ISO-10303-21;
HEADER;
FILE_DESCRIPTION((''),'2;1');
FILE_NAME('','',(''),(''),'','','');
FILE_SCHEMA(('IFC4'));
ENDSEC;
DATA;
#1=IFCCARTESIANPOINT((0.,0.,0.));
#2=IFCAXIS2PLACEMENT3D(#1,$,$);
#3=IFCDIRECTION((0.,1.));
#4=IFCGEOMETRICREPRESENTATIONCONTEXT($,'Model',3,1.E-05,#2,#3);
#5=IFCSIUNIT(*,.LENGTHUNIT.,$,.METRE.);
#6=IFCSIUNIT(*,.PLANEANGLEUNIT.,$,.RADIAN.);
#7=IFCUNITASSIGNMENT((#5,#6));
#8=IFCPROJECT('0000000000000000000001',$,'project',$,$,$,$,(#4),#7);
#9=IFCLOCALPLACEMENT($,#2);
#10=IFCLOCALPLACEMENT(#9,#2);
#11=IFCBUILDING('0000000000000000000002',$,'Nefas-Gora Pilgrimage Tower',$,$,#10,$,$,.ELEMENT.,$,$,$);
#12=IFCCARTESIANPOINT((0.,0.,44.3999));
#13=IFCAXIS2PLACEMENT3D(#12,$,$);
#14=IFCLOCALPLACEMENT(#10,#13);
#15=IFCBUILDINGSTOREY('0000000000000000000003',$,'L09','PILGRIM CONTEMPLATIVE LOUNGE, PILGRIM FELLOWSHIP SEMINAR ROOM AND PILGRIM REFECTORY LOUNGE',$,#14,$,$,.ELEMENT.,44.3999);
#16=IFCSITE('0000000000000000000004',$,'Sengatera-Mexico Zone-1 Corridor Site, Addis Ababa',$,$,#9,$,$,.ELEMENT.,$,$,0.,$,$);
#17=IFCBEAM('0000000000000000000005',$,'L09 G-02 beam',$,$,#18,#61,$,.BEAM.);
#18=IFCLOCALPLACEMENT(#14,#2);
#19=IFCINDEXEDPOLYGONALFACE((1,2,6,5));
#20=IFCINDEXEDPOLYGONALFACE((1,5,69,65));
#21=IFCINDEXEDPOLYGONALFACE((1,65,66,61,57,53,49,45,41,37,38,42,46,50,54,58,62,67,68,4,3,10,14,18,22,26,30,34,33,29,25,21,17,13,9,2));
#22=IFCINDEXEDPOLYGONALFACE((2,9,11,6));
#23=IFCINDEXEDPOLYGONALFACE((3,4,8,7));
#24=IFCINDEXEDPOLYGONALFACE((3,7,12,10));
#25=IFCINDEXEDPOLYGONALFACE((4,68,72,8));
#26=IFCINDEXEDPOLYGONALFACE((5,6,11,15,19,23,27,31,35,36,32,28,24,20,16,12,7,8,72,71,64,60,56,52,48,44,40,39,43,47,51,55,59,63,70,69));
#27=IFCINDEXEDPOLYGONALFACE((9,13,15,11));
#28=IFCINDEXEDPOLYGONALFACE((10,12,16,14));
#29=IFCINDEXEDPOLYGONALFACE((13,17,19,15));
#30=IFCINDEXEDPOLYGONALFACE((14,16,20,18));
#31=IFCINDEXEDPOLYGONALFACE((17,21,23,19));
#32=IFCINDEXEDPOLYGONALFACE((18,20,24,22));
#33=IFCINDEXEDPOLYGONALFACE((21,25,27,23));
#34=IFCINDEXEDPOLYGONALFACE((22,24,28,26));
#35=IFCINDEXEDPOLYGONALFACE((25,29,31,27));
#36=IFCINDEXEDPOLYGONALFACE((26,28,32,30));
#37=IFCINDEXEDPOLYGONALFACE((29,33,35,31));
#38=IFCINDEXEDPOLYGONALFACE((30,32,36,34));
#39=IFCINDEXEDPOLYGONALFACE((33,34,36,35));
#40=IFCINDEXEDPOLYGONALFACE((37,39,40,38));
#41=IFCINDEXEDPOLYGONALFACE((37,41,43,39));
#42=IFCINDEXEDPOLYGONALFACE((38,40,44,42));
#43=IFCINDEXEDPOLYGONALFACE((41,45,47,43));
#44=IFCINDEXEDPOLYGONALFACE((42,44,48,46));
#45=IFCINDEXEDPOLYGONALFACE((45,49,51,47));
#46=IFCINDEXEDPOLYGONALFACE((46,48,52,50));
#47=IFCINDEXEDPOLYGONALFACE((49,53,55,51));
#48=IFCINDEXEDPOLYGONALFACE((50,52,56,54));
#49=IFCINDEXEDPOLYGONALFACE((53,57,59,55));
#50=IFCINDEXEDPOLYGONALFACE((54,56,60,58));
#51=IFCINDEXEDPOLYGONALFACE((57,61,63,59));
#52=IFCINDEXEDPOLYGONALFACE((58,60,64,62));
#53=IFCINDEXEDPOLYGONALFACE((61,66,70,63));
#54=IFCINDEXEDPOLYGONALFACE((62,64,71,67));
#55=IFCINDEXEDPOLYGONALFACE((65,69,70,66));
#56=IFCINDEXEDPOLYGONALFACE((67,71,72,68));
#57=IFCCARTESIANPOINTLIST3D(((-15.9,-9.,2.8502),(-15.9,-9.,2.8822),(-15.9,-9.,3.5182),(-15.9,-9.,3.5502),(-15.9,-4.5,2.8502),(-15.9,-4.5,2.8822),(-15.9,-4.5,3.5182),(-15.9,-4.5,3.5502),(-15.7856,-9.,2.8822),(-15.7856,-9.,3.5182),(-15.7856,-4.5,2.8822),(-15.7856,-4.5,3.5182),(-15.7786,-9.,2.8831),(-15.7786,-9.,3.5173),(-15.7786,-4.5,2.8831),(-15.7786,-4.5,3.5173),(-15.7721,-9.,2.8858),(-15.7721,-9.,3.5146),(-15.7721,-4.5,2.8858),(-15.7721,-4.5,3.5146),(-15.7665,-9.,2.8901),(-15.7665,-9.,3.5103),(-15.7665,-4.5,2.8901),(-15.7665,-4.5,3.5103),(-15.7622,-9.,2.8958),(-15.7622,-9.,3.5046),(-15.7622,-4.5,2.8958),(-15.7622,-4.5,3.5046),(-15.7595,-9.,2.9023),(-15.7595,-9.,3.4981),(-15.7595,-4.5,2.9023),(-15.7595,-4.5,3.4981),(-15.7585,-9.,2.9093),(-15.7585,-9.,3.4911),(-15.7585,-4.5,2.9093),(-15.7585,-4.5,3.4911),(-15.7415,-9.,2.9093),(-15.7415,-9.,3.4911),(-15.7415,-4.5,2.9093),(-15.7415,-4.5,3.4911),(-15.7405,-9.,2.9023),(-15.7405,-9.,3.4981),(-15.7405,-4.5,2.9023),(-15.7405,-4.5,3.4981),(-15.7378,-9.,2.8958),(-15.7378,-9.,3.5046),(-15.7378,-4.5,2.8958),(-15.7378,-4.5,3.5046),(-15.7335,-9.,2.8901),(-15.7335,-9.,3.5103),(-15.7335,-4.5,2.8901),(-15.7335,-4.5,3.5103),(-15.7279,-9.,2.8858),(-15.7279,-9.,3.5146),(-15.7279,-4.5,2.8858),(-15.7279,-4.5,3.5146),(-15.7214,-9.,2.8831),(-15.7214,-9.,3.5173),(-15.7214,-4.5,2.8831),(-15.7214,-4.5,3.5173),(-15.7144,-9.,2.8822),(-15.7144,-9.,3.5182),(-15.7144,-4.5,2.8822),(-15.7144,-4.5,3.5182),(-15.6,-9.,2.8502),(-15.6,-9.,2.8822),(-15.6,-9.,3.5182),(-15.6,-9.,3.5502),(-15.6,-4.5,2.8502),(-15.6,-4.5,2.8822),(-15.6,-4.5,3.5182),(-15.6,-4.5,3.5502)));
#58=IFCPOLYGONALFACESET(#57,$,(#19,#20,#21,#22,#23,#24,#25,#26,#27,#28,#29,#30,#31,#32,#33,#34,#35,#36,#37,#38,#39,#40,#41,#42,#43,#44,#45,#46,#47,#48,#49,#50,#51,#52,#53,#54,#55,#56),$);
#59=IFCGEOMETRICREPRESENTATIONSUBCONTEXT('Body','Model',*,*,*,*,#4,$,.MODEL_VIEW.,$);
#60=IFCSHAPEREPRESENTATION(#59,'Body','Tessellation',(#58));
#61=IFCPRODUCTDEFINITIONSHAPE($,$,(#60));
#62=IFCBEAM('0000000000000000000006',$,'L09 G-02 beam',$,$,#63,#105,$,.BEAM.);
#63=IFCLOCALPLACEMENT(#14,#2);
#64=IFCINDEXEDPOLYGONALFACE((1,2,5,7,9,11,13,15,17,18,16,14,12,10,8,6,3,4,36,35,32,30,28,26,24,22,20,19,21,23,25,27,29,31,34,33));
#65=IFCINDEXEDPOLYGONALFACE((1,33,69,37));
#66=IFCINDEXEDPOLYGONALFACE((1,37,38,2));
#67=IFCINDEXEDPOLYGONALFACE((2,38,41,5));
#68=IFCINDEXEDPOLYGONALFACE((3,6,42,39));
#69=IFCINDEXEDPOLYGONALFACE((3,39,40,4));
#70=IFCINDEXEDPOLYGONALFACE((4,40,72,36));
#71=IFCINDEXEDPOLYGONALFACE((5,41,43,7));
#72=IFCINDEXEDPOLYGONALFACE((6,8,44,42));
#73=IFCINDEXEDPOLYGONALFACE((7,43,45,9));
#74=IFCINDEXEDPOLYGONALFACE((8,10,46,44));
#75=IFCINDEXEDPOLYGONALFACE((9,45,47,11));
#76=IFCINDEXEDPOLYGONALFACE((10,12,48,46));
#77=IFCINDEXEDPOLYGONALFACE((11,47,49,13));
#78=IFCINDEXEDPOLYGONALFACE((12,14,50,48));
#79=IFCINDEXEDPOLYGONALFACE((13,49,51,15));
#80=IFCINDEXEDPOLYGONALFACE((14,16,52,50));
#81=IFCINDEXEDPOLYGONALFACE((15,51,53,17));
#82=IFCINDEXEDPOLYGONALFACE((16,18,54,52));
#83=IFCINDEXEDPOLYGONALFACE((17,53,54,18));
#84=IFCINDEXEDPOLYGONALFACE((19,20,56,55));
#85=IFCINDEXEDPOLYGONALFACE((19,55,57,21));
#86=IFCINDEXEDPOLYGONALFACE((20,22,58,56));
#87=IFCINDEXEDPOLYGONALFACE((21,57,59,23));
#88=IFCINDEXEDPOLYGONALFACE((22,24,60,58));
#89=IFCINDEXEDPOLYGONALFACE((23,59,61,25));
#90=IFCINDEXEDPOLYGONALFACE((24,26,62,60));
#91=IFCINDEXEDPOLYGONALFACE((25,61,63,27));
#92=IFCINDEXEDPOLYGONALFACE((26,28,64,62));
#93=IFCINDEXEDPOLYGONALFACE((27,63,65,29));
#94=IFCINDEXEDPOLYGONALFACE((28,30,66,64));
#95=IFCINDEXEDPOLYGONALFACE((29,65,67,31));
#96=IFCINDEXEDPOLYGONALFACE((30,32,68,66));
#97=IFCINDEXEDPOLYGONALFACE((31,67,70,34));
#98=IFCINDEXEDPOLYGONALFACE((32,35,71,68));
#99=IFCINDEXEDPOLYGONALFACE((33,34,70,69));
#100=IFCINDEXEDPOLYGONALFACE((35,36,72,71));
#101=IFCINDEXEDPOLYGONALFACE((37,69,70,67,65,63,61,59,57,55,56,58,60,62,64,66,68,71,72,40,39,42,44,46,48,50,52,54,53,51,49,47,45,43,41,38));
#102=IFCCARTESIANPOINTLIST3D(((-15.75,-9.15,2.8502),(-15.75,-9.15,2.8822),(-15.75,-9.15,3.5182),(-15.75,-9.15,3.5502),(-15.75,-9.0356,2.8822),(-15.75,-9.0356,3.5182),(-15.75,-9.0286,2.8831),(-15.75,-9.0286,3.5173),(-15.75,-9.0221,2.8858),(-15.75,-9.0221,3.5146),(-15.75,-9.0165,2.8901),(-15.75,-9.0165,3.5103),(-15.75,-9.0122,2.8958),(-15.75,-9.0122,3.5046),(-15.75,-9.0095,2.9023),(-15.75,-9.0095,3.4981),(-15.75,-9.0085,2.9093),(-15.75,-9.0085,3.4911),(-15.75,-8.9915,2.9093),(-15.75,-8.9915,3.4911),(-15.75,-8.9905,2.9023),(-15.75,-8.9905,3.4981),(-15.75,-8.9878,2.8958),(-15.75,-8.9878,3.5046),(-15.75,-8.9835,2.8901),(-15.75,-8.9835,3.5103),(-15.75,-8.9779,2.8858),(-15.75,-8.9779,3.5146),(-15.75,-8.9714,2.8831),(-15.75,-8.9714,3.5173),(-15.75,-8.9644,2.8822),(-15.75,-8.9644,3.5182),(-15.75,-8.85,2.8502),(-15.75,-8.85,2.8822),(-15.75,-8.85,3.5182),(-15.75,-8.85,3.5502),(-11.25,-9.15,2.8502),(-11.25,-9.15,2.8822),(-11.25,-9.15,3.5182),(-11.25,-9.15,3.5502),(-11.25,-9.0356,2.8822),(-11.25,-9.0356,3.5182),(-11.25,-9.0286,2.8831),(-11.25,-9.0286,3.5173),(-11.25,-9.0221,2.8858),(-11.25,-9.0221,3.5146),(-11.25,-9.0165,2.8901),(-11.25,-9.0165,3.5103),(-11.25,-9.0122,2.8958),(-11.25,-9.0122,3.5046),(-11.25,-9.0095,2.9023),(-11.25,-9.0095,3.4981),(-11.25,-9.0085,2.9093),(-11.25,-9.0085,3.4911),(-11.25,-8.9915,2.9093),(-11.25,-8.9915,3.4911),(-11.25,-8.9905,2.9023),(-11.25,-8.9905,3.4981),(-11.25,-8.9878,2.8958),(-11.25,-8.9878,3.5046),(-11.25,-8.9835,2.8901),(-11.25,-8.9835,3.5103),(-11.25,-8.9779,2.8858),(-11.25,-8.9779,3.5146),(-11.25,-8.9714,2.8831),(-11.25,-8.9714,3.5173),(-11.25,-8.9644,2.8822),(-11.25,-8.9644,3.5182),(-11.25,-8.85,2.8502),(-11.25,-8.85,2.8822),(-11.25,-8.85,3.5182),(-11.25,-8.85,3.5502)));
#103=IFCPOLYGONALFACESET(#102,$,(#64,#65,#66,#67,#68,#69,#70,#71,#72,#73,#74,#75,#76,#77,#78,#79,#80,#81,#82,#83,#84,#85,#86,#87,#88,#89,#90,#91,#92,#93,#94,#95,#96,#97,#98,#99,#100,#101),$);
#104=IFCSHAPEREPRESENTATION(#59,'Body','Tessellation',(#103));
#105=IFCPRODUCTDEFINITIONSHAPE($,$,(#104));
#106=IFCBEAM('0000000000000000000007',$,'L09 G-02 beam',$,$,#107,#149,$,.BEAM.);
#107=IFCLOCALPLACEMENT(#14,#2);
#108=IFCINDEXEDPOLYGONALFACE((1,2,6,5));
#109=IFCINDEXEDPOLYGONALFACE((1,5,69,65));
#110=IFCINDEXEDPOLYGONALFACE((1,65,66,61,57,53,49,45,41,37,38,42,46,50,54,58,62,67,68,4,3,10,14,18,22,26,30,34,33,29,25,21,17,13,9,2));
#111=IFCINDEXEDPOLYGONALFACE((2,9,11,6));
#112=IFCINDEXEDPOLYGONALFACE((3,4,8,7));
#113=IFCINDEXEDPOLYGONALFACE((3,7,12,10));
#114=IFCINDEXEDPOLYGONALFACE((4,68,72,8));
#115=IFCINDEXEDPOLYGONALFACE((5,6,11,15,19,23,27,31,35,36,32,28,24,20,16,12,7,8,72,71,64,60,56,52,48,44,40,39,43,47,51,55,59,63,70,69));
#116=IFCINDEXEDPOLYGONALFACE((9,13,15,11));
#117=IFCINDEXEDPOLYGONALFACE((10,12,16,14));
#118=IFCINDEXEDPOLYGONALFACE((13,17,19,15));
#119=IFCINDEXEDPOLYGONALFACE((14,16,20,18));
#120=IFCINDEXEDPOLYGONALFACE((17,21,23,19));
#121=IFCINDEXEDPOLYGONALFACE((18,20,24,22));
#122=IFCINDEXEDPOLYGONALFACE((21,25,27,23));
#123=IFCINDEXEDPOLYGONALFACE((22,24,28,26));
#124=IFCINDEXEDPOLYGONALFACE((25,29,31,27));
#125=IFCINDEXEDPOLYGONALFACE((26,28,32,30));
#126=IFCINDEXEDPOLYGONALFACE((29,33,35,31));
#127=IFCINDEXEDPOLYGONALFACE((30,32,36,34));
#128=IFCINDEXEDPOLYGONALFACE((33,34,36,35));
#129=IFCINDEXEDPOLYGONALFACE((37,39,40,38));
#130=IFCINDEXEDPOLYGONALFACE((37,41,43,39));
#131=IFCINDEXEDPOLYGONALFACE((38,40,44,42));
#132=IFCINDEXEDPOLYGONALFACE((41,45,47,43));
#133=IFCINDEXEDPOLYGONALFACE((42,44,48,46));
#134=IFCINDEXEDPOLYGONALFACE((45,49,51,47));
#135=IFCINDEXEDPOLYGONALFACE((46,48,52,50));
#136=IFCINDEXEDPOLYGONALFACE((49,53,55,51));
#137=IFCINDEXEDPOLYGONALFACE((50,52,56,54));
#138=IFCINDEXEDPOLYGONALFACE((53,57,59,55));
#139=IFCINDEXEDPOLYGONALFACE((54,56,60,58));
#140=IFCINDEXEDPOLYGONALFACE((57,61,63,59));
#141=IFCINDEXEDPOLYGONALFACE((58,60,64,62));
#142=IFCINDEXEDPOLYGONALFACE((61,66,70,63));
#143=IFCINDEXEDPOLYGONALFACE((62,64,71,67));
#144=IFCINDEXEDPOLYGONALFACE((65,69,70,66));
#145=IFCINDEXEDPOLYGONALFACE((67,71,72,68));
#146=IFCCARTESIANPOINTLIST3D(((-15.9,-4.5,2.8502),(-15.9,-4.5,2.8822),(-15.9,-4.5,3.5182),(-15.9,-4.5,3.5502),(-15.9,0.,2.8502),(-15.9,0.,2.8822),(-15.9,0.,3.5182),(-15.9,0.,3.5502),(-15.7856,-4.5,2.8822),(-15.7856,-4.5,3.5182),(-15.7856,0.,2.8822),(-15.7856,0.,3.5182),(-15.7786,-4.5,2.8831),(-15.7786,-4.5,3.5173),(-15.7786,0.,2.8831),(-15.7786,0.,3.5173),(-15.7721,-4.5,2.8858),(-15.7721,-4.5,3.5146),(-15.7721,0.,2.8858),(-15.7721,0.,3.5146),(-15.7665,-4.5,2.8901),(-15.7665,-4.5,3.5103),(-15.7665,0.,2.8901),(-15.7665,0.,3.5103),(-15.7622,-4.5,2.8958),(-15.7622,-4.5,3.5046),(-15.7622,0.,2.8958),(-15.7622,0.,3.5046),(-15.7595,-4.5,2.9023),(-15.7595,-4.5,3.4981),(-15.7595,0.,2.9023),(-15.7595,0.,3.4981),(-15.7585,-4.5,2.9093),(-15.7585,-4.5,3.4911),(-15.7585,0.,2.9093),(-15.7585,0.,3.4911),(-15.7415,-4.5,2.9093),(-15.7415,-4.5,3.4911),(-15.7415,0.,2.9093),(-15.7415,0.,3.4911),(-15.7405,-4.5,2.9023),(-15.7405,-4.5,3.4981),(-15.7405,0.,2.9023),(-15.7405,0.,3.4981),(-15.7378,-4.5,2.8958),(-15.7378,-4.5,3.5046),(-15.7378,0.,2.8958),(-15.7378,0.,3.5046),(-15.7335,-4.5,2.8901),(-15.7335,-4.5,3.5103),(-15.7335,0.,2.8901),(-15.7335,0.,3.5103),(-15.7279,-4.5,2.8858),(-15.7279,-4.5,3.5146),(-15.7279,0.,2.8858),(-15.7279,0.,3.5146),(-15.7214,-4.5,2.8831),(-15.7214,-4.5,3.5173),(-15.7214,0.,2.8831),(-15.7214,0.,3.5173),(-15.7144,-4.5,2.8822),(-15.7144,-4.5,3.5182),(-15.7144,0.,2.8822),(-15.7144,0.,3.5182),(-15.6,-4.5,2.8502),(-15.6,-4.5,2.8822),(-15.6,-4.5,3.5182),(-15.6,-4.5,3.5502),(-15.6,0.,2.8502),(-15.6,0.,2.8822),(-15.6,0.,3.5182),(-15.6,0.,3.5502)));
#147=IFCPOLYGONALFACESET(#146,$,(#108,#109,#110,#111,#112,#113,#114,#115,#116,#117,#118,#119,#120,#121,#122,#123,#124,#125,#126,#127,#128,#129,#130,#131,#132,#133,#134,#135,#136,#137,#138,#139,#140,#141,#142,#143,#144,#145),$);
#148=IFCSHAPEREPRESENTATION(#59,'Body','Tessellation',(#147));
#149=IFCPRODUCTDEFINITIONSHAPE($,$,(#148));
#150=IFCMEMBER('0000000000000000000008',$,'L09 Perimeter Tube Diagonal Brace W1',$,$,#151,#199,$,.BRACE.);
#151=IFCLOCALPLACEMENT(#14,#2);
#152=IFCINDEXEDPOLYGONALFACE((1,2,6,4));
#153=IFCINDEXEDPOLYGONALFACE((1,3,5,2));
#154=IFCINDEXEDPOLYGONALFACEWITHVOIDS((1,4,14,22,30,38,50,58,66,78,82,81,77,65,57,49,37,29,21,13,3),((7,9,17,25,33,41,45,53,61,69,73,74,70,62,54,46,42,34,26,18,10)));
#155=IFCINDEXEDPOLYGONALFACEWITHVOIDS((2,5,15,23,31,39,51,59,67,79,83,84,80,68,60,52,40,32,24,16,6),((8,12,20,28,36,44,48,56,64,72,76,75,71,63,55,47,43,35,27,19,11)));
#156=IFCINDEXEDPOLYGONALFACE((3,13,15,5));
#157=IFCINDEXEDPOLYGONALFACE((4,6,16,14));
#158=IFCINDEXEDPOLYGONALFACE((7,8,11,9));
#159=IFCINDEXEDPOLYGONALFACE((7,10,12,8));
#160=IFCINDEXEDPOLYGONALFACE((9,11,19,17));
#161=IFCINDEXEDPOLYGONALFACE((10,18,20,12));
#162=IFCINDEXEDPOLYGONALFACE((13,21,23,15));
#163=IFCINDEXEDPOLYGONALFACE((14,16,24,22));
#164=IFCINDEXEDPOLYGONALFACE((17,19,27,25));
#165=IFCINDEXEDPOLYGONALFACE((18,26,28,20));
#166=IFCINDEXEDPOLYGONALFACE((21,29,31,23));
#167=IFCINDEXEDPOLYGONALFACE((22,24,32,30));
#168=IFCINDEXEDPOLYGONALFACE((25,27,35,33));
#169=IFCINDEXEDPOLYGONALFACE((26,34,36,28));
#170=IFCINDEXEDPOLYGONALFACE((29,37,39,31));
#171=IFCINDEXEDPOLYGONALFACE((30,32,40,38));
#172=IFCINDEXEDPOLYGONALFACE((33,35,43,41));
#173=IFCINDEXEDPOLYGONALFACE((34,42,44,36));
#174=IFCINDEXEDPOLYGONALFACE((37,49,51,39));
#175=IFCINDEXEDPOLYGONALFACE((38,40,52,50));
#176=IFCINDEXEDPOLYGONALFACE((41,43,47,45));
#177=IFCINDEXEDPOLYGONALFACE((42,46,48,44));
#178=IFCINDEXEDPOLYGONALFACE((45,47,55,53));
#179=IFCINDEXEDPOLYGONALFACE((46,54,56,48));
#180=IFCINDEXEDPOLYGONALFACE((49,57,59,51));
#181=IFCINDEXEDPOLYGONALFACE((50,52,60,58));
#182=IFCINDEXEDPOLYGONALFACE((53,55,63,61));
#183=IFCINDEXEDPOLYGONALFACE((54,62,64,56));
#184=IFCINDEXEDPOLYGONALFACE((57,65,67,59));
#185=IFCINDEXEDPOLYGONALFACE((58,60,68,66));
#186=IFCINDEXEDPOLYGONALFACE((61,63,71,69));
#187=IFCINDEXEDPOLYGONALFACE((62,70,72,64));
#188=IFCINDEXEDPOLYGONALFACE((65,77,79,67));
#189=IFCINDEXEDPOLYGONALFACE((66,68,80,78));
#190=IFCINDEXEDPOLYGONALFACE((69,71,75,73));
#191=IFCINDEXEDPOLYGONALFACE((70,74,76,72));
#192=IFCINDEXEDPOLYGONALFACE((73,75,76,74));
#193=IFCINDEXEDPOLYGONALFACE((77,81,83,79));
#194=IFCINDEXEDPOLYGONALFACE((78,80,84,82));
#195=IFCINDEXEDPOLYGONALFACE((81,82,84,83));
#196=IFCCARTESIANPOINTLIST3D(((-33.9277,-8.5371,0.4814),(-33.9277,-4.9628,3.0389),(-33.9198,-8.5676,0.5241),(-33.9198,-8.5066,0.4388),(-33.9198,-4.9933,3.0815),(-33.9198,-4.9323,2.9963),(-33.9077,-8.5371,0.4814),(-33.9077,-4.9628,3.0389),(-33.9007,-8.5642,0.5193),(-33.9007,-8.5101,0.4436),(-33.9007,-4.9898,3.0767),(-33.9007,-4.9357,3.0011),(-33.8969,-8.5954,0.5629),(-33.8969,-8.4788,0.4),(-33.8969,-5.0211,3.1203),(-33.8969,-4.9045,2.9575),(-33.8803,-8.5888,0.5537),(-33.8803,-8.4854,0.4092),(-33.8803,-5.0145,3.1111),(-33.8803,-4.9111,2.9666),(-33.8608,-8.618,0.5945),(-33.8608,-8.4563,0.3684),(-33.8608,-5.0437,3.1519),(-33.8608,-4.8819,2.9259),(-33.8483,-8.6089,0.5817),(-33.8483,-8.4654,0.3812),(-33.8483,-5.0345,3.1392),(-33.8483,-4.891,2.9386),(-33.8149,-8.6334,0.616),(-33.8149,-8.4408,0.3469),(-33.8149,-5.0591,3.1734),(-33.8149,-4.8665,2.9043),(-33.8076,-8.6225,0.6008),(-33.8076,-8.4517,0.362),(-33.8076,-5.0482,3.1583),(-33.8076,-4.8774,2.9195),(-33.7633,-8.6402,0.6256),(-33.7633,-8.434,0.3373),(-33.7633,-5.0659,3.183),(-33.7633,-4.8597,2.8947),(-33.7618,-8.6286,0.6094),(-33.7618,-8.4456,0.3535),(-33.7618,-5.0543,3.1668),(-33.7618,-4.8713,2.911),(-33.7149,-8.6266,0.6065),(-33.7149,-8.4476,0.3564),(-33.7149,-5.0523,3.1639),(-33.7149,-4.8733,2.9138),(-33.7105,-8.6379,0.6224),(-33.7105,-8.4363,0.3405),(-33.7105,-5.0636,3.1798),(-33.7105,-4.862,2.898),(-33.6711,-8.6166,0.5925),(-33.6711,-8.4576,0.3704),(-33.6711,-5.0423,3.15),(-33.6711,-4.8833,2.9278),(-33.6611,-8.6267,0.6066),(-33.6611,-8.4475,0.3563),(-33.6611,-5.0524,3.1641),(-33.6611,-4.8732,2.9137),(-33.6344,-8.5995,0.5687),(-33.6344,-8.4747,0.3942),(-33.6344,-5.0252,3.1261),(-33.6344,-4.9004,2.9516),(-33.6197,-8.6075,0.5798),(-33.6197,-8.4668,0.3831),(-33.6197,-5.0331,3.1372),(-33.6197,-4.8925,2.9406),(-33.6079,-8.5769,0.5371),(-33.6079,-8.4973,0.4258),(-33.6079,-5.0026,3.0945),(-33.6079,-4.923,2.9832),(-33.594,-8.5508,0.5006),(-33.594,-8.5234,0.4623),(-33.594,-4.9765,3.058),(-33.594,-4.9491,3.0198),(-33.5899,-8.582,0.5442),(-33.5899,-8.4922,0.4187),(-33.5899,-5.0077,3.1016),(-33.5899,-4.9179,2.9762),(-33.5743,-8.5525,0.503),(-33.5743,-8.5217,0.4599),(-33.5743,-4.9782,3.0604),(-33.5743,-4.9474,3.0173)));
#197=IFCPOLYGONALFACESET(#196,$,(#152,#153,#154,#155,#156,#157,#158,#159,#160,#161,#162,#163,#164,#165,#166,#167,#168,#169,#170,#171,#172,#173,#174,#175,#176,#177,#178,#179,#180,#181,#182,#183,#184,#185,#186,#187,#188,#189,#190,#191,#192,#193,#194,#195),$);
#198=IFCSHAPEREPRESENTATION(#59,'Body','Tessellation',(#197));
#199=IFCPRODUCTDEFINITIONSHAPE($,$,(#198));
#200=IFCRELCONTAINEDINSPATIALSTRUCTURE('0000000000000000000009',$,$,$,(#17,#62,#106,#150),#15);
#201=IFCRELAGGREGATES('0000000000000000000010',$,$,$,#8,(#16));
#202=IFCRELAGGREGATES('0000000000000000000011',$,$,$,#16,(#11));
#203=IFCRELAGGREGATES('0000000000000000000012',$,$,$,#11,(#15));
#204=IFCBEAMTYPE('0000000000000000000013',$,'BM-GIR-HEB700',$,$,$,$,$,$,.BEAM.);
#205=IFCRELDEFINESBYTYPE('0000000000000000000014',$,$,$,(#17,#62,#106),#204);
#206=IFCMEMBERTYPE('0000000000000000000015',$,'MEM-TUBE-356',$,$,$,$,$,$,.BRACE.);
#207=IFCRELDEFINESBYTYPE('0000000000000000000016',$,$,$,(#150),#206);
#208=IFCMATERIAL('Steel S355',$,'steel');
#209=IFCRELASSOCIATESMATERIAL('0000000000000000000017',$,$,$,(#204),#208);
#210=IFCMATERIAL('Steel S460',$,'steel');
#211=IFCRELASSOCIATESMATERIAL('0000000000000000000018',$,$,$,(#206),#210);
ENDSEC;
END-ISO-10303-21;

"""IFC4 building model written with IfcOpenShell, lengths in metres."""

from ifc_helpers import new_model, si_unit, direction, frame, origin, origin_2d, place, context, subcontext, project, spatial, hollow_circle, i_section, extrude, source, transform, mapped, material, material_profile, profile_set, type_object, element, save


model = new_model("IFC4")

# Units and contexts
model_context = context("Model", 3, precision=1e-05, world=origin(), true_north=direction((0.0, 1.0)))
body_context = subcontext(model_context, "Body", "Model", "MODEL_VIEW")
ifc_project = project(units=[si_unit("LENGTHUNIT", "METRE"), si_unit("PLANEANGLEUNIT", "RADIAN")], contexts=[model_context])

# Site, building, storey
site_placement = place(None, origin())
site = spatial("IfcSite", under=ifc_project, at=site_placement, Name="Sengatera-Mexico Zone-1 Corridor Site, Addis Ababa", CompositionType="ELEMENT", RefElevation=0.0)
building_placement = place(site_placement, origin())
building = spatial("IfcBuilding", under=site, at=building_placement, Name="Nefas-Gora Pilgrimage Tower", CompositionType="ELEMENT")
storey_placement = place(building_placement, frame((0.0, 0.0, 44.3999)))
storey = spatial("IfcBuildingStorey", under=building, at=storey_placement, Name="L09", Description="PILGRIM CONTEMPLATIVE LOUNGE, PILGRIM FELLOWSHIP SEMINAR ROOM AND PILGRIM REFECTORY LOUNGE", CompositionType="ELEMENT", Elevation=44.3999)

# Shared definitions
ifc_material_1 = material(Name="Steel S460", Category="steel")

# Beams
ifc_material_2 = material(Name="Steel S355", Category="steel")
ifc_material_profile_1 = material_profile(ifc_material_2, i_section(OverallWidth=0.3, OverallDepth=0.7, WebThickness=0.0171, FlangeThickness=0.032, FilletRadius=0.0271, at=origin_2d()), Name="HEB 700")
ifc_profile_set_1 = profile_set([ifc_material_profile_1], Name="Steel S355")
beam_type_1 = type_object("IfcBeamType", Name="BM-GIR-HEB700", PredefinedType="BEAM", material=ifc_profile_set_1)
shared_shape_1 = source(origin(), body_context, "Body", "SweptSolid", [
    extrude(i_section(OverallWidth=0.3, OverallDepth=0.7, WebThickness=0.0171, FlangeThickness=0.032, FilletRadius=0.0271, at=origin_2d()), origin(), (0.0, 0.0, 1.0), 4.5),
])
for number, where, z_axis, x_axis, name in (
    (1, (-15.75, -9.0, 3.2002), (0.0, 1.0, 0.0), (-1.0, 0.0, 0.0), "L09 G-02 beam"),
    (2, (-15.75, -9.0, 3.2002), (1.0, 0.0, 0.0), (0.0, 1.0, 0.0), "L09 G-02 beam"),
    (3, (-15.75, -4.5, 3.2002), (0.0, 1.0, 0.0), (-1.0, 0.0, 0.0), "L09 G-02 beam"),
):
    element("IfcBeam", number, at=place(storey_placement, frame(where, z_axis=z_axis, x_axis=x_axis)), inside=storey, type_object=beam_type_1, Name=name, PredefinedType="BEAM", context=body_context, shape_type="MappedRepresentation", body=[
        mapped(shared_shape_1, transform((0.0, 0.0, 0.0), x_axis=(1.0, 0.0, 0.0), y_axis=(0.0, 1.0, 0.0), z_axis=(0.0, 0.0, 1.0), scale=1.0)),
    ])

# Member
ifc_material_profile_2 = material_profile(ifc_material_1, hollow_circle(Radius=0.1777, WallThickness=0.02, at=origin_2d()), Name="CHS 355.6x20")
ifc_profile_set_2 = profile_set([ifc_material_profile_2], Name="Steel S460")
member_type_1 = type_object("IfcMemberType", Name="MEM-TUBE-356", PredefinedType="BRACE", material=ifc_profile_set_2)
shared_shape_2 = source(origin(), body_context, "Body", "SweptSolid", [
    extrude(hollow_circle(Radius=0.1777, WallThickness=0.02, at=origin_2d()), origin(), (0.0, 0.0, 1.0), 4.395),
])
member_1_placement = place(storey_placement, frame((-33.75, -8.5371, 0.4814), z_axis=(0.0, 0.813264, 0.581895), x_axis=(-1.0, 0.0, 0.0)))
element("IfcMember", 4, at=member_1_placement, inside=storey, type_object=member_type_1, Name="L09 Perimeter Tube Diagonal Brace W1", PredefinedType="BRACE", context=body_context, shape_type="MappedRepresentation", body=[
    mapped(shared_shape_2, transform((0.0, 0.0, 0.0), x_axis=(1.0, 0.0, 0.0), y_axis=(0.0, 1.0, 0.0), z_axis=(0.0, 0.0, 1.0), scale=1.0)),
])

save(model, "model.ifc")
